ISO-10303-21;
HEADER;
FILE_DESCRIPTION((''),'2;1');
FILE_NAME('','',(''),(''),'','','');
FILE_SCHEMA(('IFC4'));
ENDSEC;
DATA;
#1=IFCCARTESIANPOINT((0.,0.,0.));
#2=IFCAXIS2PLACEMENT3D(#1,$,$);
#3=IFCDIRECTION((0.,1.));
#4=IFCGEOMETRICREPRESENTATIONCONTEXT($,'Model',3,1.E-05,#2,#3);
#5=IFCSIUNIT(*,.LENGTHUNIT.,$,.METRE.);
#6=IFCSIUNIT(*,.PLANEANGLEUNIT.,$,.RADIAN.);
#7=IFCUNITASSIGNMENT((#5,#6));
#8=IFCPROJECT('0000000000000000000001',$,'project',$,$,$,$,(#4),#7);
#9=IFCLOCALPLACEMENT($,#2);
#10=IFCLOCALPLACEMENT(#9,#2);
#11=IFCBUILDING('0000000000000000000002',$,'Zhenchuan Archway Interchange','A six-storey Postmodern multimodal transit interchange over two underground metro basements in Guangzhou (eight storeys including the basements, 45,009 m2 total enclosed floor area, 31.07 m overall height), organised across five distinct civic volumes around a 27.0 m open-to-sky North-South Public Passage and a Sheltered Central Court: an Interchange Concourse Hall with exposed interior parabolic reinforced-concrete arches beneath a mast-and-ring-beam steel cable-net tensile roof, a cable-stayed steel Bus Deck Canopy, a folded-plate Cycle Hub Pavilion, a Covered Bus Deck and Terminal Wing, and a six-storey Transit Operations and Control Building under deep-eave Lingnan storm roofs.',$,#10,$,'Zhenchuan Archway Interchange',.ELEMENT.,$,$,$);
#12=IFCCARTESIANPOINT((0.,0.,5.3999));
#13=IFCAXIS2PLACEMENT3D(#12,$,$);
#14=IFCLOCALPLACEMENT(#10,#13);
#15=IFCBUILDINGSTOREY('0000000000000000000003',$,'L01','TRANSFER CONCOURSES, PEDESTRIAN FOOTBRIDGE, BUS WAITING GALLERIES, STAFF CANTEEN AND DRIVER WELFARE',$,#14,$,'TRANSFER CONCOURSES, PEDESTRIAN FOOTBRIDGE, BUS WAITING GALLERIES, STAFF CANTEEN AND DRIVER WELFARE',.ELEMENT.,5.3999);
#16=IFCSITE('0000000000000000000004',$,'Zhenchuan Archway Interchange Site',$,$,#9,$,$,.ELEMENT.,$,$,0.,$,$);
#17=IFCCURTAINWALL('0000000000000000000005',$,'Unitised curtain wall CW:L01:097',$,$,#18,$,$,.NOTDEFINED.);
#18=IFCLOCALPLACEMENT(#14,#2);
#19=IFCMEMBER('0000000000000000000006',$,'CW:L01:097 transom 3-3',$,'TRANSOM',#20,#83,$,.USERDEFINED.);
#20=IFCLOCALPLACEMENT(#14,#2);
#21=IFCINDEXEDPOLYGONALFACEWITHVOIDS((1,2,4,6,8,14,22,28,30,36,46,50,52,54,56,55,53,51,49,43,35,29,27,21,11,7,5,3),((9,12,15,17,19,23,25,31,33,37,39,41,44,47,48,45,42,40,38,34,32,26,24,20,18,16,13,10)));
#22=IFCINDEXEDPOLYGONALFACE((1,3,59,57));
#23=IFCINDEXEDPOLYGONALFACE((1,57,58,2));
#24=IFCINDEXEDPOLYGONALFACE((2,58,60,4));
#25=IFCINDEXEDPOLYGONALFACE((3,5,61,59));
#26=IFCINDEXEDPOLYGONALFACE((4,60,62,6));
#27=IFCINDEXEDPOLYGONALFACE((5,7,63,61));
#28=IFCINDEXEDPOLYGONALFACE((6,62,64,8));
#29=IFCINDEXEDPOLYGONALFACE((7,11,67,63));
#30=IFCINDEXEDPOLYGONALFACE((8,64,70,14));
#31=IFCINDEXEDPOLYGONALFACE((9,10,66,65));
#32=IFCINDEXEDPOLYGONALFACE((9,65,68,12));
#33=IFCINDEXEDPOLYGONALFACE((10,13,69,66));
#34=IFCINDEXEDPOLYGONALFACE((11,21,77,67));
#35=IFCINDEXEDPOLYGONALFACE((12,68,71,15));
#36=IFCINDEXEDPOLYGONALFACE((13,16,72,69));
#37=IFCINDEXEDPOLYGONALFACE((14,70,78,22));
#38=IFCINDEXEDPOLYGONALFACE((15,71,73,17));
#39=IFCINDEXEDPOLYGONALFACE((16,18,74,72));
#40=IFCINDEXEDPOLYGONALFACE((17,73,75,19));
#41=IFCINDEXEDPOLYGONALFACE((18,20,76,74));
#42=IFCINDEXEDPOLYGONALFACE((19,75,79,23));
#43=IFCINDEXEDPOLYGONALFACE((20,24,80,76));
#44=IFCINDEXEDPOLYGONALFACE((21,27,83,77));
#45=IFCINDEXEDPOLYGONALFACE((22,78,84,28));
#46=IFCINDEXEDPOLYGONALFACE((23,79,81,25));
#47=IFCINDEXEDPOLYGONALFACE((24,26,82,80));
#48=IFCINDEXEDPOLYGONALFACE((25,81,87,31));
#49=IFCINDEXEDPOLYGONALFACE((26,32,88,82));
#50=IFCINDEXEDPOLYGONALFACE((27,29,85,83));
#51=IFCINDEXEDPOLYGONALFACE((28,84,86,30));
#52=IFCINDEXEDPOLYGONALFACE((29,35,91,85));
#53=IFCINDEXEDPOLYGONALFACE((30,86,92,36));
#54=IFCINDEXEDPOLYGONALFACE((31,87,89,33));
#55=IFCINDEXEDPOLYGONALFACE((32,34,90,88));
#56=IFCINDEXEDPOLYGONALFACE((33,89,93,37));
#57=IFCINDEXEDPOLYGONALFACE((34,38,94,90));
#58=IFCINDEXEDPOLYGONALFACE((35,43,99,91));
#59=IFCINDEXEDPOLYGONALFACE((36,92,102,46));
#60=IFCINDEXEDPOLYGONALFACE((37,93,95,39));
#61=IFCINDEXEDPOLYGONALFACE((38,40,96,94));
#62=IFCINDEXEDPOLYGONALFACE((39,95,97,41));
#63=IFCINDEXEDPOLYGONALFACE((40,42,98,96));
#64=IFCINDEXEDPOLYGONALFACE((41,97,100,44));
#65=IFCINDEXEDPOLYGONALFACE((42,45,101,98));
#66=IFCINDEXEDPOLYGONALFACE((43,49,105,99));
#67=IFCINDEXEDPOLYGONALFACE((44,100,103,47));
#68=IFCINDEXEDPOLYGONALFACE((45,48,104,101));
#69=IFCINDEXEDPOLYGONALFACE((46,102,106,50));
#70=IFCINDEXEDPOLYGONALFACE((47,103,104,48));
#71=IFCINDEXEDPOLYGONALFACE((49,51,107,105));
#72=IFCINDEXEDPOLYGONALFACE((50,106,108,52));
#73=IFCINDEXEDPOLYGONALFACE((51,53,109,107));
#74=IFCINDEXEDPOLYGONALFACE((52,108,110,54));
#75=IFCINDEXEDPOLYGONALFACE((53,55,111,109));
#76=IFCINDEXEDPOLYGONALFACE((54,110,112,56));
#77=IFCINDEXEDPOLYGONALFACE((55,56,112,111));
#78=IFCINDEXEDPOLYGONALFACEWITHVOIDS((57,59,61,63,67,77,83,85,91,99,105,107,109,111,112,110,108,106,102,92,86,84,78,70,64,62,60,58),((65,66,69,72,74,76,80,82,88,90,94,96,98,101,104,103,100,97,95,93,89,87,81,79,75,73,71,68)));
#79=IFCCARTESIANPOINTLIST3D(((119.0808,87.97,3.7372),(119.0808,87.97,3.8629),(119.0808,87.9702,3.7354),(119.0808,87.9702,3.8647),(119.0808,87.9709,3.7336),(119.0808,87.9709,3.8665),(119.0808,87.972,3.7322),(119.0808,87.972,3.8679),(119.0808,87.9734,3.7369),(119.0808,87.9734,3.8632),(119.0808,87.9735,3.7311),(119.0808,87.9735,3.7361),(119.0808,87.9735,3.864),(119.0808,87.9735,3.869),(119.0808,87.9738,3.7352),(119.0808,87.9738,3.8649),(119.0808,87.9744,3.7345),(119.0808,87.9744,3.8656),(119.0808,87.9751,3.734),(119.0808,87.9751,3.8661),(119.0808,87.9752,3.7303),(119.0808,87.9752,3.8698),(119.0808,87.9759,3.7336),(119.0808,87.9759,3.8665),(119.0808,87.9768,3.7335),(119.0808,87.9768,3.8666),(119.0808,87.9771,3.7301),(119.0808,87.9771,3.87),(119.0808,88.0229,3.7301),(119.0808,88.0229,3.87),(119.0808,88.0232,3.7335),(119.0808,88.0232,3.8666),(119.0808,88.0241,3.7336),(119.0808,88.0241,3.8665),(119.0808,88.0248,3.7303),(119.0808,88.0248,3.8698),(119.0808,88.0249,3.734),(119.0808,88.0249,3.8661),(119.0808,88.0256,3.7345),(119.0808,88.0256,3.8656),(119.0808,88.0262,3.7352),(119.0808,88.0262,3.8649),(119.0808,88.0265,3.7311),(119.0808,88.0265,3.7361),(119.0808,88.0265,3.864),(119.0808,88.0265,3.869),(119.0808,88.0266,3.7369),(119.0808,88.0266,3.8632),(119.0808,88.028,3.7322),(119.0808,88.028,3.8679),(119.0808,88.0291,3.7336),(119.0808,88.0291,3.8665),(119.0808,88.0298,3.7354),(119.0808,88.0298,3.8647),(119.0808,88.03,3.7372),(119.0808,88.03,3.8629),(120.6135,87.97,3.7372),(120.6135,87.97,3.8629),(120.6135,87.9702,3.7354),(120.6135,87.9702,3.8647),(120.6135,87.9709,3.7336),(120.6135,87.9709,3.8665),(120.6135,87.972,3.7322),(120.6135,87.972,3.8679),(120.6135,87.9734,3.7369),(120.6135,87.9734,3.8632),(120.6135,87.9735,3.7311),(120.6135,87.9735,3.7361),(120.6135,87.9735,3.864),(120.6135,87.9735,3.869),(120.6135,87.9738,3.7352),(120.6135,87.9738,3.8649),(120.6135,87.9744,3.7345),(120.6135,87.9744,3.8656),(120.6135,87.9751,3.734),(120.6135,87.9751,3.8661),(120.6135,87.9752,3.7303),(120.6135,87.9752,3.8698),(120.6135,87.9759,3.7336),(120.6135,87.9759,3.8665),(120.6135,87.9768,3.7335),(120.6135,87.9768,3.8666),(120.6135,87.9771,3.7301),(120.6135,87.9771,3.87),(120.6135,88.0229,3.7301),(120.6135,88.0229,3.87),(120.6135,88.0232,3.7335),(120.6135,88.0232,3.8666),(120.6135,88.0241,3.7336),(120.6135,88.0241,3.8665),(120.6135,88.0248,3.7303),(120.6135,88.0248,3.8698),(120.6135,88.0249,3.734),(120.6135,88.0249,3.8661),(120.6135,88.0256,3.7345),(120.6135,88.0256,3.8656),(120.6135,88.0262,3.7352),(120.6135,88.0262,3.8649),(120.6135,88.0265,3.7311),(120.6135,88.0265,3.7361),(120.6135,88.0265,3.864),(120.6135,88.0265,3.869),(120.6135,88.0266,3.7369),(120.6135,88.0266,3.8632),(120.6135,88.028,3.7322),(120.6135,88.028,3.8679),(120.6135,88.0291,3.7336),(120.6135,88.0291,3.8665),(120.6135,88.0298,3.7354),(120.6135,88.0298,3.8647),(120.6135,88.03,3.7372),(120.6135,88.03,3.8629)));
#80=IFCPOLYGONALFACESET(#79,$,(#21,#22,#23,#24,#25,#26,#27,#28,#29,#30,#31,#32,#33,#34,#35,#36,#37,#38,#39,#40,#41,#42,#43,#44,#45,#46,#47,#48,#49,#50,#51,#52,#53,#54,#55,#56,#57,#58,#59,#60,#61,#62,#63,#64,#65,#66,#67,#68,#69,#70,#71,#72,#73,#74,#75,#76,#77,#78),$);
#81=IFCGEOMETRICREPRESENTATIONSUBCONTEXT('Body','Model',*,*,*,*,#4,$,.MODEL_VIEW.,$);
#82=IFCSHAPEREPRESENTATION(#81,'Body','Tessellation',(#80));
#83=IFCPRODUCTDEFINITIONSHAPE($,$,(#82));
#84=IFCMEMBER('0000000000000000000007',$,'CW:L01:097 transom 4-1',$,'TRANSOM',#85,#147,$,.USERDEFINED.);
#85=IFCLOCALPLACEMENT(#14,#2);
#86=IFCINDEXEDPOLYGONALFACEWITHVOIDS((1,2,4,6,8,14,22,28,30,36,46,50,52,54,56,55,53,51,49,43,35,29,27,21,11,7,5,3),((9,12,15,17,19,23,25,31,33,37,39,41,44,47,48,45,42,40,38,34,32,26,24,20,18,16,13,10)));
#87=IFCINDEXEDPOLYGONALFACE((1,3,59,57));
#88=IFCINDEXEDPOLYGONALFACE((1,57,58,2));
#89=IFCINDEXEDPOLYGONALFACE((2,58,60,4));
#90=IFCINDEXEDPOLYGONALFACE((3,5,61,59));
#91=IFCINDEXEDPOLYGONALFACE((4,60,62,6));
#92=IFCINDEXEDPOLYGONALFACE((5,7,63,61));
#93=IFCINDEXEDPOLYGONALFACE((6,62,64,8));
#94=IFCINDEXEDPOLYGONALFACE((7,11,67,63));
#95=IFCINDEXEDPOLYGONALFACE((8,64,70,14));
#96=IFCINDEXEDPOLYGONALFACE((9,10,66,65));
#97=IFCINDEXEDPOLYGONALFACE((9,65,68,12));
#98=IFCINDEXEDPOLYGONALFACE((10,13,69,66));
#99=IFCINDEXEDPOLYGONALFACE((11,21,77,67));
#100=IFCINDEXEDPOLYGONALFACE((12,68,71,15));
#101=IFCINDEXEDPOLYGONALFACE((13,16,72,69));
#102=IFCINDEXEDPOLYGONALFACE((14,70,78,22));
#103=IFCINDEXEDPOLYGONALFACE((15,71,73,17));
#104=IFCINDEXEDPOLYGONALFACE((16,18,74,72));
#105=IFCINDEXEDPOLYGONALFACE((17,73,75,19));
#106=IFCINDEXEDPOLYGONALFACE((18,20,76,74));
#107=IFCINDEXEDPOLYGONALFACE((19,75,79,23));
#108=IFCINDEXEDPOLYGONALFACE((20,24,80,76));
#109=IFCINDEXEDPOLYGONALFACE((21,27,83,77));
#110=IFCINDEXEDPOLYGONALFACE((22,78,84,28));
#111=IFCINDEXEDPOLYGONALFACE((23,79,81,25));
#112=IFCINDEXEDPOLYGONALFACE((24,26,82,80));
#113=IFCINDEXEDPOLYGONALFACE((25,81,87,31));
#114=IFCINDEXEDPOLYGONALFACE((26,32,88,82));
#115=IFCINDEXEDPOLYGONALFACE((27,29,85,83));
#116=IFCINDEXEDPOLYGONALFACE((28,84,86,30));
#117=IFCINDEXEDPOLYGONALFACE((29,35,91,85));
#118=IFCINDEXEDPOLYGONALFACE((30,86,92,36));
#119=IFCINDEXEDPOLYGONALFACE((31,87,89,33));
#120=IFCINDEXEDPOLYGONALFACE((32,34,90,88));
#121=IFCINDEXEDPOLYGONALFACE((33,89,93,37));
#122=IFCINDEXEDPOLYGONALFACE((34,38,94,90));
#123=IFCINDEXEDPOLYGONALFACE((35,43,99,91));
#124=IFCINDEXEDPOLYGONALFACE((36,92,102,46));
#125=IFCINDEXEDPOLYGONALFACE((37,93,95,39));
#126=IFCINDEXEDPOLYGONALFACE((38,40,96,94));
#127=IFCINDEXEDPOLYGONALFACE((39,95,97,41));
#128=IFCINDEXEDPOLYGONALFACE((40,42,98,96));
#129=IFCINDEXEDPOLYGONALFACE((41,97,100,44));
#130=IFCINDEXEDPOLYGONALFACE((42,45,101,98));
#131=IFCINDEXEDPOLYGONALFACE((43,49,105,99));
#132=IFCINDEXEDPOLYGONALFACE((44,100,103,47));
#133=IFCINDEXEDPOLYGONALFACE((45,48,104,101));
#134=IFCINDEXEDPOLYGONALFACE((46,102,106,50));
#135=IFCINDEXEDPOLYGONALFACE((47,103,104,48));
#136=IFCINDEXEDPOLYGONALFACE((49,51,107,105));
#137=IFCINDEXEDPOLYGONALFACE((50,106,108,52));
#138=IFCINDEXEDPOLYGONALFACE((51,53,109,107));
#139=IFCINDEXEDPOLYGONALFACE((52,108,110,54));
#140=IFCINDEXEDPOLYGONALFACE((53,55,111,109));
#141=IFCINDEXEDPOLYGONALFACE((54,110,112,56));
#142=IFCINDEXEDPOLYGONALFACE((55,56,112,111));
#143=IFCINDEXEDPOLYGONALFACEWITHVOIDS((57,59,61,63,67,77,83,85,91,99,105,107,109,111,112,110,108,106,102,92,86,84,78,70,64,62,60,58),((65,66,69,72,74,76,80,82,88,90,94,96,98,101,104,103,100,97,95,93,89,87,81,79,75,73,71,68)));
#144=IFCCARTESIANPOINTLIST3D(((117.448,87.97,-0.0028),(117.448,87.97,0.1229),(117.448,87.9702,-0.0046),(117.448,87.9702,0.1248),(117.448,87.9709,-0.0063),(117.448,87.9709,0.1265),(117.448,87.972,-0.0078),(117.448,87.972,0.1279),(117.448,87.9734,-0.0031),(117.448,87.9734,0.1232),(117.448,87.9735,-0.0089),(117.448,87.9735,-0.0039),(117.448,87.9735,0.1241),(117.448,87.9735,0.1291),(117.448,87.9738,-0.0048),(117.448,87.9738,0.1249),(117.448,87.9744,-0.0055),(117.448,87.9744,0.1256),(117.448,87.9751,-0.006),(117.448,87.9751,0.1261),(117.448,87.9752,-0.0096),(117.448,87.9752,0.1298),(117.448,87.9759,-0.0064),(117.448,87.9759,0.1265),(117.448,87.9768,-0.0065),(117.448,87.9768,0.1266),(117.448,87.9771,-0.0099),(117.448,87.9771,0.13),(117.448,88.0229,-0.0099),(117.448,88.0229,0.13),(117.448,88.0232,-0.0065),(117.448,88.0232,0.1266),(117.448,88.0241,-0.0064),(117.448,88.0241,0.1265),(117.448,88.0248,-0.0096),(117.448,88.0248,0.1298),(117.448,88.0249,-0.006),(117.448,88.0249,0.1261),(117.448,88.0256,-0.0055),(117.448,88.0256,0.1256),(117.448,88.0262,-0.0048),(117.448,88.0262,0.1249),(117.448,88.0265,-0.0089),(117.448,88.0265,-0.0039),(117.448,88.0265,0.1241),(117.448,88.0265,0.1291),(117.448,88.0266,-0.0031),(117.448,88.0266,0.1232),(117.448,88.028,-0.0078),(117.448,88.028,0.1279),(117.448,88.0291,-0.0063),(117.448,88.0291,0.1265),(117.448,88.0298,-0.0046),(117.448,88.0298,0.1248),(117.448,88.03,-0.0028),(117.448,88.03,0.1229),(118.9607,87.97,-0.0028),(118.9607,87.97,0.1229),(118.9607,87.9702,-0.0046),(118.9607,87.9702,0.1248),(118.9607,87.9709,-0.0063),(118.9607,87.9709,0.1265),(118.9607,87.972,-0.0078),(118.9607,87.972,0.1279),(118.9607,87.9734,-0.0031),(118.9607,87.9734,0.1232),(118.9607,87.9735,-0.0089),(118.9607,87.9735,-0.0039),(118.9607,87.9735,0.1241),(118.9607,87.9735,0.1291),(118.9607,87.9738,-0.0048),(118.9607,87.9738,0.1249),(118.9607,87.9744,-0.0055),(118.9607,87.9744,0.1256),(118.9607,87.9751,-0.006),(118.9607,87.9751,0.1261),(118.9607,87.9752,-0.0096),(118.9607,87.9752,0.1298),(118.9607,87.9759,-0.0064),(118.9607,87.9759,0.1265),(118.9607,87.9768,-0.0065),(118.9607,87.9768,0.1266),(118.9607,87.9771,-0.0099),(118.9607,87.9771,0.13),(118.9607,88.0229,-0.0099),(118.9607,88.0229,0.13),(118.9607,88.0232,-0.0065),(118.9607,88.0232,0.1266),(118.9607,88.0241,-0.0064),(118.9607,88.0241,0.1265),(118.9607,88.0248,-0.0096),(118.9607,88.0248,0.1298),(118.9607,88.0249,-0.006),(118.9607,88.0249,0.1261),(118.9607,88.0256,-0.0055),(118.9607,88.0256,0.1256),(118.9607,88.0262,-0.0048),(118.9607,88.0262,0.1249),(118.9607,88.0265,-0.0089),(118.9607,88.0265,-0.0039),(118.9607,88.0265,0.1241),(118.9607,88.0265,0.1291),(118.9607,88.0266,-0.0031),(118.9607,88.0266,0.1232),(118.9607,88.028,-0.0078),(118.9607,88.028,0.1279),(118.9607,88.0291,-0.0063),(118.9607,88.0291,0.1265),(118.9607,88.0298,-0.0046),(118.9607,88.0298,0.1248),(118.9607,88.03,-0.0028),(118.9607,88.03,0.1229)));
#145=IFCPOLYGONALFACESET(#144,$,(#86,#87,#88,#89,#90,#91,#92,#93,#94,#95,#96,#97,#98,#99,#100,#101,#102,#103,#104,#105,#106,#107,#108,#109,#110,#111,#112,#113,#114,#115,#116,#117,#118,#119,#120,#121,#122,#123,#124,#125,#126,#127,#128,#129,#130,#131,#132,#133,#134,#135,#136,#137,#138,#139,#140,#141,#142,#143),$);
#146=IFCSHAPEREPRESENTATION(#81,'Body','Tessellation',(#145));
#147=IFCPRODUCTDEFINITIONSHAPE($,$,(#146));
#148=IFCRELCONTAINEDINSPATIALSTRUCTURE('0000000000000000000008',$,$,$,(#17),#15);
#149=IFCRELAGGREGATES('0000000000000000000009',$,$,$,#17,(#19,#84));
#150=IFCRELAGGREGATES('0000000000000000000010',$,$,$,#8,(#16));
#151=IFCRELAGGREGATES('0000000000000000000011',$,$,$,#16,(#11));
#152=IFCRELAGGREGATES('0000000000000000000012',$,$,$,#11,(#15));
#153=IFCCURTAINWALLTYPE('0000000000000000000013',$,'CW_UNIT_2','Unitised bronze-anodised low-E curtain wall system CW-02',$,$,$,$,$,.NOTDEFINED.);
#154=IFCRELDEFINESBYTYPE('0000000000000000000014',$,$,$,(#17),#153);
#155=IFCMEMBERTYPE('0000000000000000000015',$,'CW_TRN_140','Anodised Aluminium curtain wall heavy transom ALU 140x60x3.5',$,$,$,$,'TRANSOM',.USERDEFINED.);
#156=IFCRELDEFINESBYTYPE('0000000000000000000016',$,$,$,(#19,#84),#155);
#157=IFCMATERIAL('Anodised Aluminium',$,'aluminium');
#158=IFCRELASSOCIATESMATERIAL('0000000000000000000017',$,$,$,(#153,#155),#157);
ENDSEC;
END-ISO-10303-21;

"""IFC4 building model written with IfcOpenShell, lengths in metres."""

from ifc_helpers import new_model, si_unit, direction, frame, origin, origin_2d, place, context, subcontext, project, spatial, hollow_rectangle, extrude, material, material_profile, profile_set, type_object, element, aggregate, save


model = new_model("IFC4")

# Units and contexts
model_context = context("Model", 3, precision=1e-05, world=origin(), true_north=direction((0.0, 1.0)))
body_context = subcontext(model_context, "Body", "Model", "MODEL_VIEW")
ifc_project = project(units=[si_unit("LENGTHUNIT", "METRE"), si_unit("PLANEANGLEUNIT", "RADIAN")], contexts=[model_context])

# Site, building, storey
site_placement = place(None, origin())
site = spatial("IfcSite", under=ifc_project, at=site_placement, Name="Zhenchuan Archway Interchange Site", CompositionType="ELEMENT", RefElevation=0.0)
building_placement = place(site_placement, origin())
building = spatial("IfcBuilding", under=site, at=building_placement, Name="Zhenchuan Archway Interchange", Description="A six-storey Postmodern multimodal transit interchange over two underground metro basements in Guangzhou (eight storeys including the basements, 45,009 m2 total enclosed floor area, 31.07 m overall height), organised across five distinct civic volumes around a 27.0 m open-to-sky North-South Public Passage and a Sheltered Central Court: an Interchange Concourse Hall with exposed interior parabolic reinforced-concrete arches beneath a mast-and-ring-beam steel cable-net tensile roof, a cable-stayed steel Bus Deck Canopy, a folded-plate Cycle Hub Pavilion, a Covered Bus Deck and Terminal Wing, and a six-storey Transit Operations and Control Building under deep-eave Lingnan storm roofs.", LongName="Zhenchuan Archway Interchange", CompositionType="ELEMENT")
storey_placement = place(building_placement, frame((0.0, 0.0, 5.3999)))
storey = spatial("IfcBuildingStorey", under=building, at=storey_placement, Name="L01", Description="TRANSFER CONCOURSES, PEDESTRIAN FOOTBRIDGE, BUS WAITING GALLERIES, STAFF CANTEEN AND DRIVER WELFARE", LongName="TRANSFER CONCOURSES, PEDESTRIAN FOOTBRIDGE, BUS WAITING GALLERIES, STAFF CANTEEN AND DRIVER WELFARE", CompositionType="ELEMENT", Elevation=5.3999)

# Curtain wall, members
ifc_material_1 = material(Name="Anodised Aluminium", Category="aluminium")
curtain_wall_type = type_object("IfcCurtainWallType", Name="CW_UNIT_2", Description="Unitised bronze-anodised low-E curtain wall system CW-02", PredefinedType="NOTDEFINED", material=ifc_material_1)
curtain_wall_placement = place(storey_placement, origin())
curtain_wall = element("IfcCurtainWall", 1, at=curtain_wall_placement, inside=storey, type_object=curtain_wall_type, Name="Unitised curtain wall CW:L01:097", PredefinedType="NOTDEFINED")
ifc_material_profile_1 = material_profile(ifc_material_1, hollow_rectangle(XDim=0.0601, YDim=0.1399, WallThickness=0.0034, InnerFilletRadius=0.0034, OuterFilletRadius=0.0071, at=origin_2d()), Name="ALU 140x60x3.5")
ifc_profile_set_1 = profile_set([ifc_material_profile_1], Name="Anodised Aluminium")
member_type_1 = type_object("IfcMemberType", Name="CW_TRN_140", Description="Anodised Aluminium curtain wall heavy transom ALU 140x60x3.5", ElementType="TRANSOM", PredefinedType="USERDEFINED", material=ifc_profile_set_1)
member_1_placement = place(storey_placement, frame((120.6135, 88.0, 3.8), z_axis=(-1.0, 0.0, 0.0), x_axis=(0.0, -1.0, 0.0)))
member_1 = element("IfcMember", 2, at=member_1_placement, type_object=member_type_1, Name="CW:L01:097 transom 3-3", ObjectType="TRANSOM", PredefinedType="USERDEFINED", context=body_context, shape_type="SweptSolid", body=[
    extrude(hollow_rectangle(XDim=0.0601, YDim=0.1399, WallThickness=0.0034, InnerFilletRadius=0.0034, OuterFilletRadius=0.0071, at=origin_2d()), origin(), (0.0, 0.0, 1.0), 1.5327),
])
member_2_placement = place(storey_placement, frame((118.9607, 88.0, 0.0601), z_axis=(-1.0, 0.0, 0.0), x_axis=(0.0, -1.0, 0.0)))
member_2 = element("IfcMember", 3, at=member_2_placement, type_object=member_type_1, Name="CW:L01:097 transom 4-1", ObjectType="TRANSOM", PredefinedType="USERDEFINED", context=body_context, shape_type="SweptSolid", body=[
    extrude(hollow_rectangle(XDim=0.0601, YDim=0.1399, WallThickness=0.0034, InnerFilletRadius=0.0034, OuterFilletRadius=0.0071, at=origin_2d()), origin(), (0.0, 0.0, 1.0), 1.5127),
])

aggregate(curtain_wall, [member_1, member_2])

save(model, "model.ifc")
